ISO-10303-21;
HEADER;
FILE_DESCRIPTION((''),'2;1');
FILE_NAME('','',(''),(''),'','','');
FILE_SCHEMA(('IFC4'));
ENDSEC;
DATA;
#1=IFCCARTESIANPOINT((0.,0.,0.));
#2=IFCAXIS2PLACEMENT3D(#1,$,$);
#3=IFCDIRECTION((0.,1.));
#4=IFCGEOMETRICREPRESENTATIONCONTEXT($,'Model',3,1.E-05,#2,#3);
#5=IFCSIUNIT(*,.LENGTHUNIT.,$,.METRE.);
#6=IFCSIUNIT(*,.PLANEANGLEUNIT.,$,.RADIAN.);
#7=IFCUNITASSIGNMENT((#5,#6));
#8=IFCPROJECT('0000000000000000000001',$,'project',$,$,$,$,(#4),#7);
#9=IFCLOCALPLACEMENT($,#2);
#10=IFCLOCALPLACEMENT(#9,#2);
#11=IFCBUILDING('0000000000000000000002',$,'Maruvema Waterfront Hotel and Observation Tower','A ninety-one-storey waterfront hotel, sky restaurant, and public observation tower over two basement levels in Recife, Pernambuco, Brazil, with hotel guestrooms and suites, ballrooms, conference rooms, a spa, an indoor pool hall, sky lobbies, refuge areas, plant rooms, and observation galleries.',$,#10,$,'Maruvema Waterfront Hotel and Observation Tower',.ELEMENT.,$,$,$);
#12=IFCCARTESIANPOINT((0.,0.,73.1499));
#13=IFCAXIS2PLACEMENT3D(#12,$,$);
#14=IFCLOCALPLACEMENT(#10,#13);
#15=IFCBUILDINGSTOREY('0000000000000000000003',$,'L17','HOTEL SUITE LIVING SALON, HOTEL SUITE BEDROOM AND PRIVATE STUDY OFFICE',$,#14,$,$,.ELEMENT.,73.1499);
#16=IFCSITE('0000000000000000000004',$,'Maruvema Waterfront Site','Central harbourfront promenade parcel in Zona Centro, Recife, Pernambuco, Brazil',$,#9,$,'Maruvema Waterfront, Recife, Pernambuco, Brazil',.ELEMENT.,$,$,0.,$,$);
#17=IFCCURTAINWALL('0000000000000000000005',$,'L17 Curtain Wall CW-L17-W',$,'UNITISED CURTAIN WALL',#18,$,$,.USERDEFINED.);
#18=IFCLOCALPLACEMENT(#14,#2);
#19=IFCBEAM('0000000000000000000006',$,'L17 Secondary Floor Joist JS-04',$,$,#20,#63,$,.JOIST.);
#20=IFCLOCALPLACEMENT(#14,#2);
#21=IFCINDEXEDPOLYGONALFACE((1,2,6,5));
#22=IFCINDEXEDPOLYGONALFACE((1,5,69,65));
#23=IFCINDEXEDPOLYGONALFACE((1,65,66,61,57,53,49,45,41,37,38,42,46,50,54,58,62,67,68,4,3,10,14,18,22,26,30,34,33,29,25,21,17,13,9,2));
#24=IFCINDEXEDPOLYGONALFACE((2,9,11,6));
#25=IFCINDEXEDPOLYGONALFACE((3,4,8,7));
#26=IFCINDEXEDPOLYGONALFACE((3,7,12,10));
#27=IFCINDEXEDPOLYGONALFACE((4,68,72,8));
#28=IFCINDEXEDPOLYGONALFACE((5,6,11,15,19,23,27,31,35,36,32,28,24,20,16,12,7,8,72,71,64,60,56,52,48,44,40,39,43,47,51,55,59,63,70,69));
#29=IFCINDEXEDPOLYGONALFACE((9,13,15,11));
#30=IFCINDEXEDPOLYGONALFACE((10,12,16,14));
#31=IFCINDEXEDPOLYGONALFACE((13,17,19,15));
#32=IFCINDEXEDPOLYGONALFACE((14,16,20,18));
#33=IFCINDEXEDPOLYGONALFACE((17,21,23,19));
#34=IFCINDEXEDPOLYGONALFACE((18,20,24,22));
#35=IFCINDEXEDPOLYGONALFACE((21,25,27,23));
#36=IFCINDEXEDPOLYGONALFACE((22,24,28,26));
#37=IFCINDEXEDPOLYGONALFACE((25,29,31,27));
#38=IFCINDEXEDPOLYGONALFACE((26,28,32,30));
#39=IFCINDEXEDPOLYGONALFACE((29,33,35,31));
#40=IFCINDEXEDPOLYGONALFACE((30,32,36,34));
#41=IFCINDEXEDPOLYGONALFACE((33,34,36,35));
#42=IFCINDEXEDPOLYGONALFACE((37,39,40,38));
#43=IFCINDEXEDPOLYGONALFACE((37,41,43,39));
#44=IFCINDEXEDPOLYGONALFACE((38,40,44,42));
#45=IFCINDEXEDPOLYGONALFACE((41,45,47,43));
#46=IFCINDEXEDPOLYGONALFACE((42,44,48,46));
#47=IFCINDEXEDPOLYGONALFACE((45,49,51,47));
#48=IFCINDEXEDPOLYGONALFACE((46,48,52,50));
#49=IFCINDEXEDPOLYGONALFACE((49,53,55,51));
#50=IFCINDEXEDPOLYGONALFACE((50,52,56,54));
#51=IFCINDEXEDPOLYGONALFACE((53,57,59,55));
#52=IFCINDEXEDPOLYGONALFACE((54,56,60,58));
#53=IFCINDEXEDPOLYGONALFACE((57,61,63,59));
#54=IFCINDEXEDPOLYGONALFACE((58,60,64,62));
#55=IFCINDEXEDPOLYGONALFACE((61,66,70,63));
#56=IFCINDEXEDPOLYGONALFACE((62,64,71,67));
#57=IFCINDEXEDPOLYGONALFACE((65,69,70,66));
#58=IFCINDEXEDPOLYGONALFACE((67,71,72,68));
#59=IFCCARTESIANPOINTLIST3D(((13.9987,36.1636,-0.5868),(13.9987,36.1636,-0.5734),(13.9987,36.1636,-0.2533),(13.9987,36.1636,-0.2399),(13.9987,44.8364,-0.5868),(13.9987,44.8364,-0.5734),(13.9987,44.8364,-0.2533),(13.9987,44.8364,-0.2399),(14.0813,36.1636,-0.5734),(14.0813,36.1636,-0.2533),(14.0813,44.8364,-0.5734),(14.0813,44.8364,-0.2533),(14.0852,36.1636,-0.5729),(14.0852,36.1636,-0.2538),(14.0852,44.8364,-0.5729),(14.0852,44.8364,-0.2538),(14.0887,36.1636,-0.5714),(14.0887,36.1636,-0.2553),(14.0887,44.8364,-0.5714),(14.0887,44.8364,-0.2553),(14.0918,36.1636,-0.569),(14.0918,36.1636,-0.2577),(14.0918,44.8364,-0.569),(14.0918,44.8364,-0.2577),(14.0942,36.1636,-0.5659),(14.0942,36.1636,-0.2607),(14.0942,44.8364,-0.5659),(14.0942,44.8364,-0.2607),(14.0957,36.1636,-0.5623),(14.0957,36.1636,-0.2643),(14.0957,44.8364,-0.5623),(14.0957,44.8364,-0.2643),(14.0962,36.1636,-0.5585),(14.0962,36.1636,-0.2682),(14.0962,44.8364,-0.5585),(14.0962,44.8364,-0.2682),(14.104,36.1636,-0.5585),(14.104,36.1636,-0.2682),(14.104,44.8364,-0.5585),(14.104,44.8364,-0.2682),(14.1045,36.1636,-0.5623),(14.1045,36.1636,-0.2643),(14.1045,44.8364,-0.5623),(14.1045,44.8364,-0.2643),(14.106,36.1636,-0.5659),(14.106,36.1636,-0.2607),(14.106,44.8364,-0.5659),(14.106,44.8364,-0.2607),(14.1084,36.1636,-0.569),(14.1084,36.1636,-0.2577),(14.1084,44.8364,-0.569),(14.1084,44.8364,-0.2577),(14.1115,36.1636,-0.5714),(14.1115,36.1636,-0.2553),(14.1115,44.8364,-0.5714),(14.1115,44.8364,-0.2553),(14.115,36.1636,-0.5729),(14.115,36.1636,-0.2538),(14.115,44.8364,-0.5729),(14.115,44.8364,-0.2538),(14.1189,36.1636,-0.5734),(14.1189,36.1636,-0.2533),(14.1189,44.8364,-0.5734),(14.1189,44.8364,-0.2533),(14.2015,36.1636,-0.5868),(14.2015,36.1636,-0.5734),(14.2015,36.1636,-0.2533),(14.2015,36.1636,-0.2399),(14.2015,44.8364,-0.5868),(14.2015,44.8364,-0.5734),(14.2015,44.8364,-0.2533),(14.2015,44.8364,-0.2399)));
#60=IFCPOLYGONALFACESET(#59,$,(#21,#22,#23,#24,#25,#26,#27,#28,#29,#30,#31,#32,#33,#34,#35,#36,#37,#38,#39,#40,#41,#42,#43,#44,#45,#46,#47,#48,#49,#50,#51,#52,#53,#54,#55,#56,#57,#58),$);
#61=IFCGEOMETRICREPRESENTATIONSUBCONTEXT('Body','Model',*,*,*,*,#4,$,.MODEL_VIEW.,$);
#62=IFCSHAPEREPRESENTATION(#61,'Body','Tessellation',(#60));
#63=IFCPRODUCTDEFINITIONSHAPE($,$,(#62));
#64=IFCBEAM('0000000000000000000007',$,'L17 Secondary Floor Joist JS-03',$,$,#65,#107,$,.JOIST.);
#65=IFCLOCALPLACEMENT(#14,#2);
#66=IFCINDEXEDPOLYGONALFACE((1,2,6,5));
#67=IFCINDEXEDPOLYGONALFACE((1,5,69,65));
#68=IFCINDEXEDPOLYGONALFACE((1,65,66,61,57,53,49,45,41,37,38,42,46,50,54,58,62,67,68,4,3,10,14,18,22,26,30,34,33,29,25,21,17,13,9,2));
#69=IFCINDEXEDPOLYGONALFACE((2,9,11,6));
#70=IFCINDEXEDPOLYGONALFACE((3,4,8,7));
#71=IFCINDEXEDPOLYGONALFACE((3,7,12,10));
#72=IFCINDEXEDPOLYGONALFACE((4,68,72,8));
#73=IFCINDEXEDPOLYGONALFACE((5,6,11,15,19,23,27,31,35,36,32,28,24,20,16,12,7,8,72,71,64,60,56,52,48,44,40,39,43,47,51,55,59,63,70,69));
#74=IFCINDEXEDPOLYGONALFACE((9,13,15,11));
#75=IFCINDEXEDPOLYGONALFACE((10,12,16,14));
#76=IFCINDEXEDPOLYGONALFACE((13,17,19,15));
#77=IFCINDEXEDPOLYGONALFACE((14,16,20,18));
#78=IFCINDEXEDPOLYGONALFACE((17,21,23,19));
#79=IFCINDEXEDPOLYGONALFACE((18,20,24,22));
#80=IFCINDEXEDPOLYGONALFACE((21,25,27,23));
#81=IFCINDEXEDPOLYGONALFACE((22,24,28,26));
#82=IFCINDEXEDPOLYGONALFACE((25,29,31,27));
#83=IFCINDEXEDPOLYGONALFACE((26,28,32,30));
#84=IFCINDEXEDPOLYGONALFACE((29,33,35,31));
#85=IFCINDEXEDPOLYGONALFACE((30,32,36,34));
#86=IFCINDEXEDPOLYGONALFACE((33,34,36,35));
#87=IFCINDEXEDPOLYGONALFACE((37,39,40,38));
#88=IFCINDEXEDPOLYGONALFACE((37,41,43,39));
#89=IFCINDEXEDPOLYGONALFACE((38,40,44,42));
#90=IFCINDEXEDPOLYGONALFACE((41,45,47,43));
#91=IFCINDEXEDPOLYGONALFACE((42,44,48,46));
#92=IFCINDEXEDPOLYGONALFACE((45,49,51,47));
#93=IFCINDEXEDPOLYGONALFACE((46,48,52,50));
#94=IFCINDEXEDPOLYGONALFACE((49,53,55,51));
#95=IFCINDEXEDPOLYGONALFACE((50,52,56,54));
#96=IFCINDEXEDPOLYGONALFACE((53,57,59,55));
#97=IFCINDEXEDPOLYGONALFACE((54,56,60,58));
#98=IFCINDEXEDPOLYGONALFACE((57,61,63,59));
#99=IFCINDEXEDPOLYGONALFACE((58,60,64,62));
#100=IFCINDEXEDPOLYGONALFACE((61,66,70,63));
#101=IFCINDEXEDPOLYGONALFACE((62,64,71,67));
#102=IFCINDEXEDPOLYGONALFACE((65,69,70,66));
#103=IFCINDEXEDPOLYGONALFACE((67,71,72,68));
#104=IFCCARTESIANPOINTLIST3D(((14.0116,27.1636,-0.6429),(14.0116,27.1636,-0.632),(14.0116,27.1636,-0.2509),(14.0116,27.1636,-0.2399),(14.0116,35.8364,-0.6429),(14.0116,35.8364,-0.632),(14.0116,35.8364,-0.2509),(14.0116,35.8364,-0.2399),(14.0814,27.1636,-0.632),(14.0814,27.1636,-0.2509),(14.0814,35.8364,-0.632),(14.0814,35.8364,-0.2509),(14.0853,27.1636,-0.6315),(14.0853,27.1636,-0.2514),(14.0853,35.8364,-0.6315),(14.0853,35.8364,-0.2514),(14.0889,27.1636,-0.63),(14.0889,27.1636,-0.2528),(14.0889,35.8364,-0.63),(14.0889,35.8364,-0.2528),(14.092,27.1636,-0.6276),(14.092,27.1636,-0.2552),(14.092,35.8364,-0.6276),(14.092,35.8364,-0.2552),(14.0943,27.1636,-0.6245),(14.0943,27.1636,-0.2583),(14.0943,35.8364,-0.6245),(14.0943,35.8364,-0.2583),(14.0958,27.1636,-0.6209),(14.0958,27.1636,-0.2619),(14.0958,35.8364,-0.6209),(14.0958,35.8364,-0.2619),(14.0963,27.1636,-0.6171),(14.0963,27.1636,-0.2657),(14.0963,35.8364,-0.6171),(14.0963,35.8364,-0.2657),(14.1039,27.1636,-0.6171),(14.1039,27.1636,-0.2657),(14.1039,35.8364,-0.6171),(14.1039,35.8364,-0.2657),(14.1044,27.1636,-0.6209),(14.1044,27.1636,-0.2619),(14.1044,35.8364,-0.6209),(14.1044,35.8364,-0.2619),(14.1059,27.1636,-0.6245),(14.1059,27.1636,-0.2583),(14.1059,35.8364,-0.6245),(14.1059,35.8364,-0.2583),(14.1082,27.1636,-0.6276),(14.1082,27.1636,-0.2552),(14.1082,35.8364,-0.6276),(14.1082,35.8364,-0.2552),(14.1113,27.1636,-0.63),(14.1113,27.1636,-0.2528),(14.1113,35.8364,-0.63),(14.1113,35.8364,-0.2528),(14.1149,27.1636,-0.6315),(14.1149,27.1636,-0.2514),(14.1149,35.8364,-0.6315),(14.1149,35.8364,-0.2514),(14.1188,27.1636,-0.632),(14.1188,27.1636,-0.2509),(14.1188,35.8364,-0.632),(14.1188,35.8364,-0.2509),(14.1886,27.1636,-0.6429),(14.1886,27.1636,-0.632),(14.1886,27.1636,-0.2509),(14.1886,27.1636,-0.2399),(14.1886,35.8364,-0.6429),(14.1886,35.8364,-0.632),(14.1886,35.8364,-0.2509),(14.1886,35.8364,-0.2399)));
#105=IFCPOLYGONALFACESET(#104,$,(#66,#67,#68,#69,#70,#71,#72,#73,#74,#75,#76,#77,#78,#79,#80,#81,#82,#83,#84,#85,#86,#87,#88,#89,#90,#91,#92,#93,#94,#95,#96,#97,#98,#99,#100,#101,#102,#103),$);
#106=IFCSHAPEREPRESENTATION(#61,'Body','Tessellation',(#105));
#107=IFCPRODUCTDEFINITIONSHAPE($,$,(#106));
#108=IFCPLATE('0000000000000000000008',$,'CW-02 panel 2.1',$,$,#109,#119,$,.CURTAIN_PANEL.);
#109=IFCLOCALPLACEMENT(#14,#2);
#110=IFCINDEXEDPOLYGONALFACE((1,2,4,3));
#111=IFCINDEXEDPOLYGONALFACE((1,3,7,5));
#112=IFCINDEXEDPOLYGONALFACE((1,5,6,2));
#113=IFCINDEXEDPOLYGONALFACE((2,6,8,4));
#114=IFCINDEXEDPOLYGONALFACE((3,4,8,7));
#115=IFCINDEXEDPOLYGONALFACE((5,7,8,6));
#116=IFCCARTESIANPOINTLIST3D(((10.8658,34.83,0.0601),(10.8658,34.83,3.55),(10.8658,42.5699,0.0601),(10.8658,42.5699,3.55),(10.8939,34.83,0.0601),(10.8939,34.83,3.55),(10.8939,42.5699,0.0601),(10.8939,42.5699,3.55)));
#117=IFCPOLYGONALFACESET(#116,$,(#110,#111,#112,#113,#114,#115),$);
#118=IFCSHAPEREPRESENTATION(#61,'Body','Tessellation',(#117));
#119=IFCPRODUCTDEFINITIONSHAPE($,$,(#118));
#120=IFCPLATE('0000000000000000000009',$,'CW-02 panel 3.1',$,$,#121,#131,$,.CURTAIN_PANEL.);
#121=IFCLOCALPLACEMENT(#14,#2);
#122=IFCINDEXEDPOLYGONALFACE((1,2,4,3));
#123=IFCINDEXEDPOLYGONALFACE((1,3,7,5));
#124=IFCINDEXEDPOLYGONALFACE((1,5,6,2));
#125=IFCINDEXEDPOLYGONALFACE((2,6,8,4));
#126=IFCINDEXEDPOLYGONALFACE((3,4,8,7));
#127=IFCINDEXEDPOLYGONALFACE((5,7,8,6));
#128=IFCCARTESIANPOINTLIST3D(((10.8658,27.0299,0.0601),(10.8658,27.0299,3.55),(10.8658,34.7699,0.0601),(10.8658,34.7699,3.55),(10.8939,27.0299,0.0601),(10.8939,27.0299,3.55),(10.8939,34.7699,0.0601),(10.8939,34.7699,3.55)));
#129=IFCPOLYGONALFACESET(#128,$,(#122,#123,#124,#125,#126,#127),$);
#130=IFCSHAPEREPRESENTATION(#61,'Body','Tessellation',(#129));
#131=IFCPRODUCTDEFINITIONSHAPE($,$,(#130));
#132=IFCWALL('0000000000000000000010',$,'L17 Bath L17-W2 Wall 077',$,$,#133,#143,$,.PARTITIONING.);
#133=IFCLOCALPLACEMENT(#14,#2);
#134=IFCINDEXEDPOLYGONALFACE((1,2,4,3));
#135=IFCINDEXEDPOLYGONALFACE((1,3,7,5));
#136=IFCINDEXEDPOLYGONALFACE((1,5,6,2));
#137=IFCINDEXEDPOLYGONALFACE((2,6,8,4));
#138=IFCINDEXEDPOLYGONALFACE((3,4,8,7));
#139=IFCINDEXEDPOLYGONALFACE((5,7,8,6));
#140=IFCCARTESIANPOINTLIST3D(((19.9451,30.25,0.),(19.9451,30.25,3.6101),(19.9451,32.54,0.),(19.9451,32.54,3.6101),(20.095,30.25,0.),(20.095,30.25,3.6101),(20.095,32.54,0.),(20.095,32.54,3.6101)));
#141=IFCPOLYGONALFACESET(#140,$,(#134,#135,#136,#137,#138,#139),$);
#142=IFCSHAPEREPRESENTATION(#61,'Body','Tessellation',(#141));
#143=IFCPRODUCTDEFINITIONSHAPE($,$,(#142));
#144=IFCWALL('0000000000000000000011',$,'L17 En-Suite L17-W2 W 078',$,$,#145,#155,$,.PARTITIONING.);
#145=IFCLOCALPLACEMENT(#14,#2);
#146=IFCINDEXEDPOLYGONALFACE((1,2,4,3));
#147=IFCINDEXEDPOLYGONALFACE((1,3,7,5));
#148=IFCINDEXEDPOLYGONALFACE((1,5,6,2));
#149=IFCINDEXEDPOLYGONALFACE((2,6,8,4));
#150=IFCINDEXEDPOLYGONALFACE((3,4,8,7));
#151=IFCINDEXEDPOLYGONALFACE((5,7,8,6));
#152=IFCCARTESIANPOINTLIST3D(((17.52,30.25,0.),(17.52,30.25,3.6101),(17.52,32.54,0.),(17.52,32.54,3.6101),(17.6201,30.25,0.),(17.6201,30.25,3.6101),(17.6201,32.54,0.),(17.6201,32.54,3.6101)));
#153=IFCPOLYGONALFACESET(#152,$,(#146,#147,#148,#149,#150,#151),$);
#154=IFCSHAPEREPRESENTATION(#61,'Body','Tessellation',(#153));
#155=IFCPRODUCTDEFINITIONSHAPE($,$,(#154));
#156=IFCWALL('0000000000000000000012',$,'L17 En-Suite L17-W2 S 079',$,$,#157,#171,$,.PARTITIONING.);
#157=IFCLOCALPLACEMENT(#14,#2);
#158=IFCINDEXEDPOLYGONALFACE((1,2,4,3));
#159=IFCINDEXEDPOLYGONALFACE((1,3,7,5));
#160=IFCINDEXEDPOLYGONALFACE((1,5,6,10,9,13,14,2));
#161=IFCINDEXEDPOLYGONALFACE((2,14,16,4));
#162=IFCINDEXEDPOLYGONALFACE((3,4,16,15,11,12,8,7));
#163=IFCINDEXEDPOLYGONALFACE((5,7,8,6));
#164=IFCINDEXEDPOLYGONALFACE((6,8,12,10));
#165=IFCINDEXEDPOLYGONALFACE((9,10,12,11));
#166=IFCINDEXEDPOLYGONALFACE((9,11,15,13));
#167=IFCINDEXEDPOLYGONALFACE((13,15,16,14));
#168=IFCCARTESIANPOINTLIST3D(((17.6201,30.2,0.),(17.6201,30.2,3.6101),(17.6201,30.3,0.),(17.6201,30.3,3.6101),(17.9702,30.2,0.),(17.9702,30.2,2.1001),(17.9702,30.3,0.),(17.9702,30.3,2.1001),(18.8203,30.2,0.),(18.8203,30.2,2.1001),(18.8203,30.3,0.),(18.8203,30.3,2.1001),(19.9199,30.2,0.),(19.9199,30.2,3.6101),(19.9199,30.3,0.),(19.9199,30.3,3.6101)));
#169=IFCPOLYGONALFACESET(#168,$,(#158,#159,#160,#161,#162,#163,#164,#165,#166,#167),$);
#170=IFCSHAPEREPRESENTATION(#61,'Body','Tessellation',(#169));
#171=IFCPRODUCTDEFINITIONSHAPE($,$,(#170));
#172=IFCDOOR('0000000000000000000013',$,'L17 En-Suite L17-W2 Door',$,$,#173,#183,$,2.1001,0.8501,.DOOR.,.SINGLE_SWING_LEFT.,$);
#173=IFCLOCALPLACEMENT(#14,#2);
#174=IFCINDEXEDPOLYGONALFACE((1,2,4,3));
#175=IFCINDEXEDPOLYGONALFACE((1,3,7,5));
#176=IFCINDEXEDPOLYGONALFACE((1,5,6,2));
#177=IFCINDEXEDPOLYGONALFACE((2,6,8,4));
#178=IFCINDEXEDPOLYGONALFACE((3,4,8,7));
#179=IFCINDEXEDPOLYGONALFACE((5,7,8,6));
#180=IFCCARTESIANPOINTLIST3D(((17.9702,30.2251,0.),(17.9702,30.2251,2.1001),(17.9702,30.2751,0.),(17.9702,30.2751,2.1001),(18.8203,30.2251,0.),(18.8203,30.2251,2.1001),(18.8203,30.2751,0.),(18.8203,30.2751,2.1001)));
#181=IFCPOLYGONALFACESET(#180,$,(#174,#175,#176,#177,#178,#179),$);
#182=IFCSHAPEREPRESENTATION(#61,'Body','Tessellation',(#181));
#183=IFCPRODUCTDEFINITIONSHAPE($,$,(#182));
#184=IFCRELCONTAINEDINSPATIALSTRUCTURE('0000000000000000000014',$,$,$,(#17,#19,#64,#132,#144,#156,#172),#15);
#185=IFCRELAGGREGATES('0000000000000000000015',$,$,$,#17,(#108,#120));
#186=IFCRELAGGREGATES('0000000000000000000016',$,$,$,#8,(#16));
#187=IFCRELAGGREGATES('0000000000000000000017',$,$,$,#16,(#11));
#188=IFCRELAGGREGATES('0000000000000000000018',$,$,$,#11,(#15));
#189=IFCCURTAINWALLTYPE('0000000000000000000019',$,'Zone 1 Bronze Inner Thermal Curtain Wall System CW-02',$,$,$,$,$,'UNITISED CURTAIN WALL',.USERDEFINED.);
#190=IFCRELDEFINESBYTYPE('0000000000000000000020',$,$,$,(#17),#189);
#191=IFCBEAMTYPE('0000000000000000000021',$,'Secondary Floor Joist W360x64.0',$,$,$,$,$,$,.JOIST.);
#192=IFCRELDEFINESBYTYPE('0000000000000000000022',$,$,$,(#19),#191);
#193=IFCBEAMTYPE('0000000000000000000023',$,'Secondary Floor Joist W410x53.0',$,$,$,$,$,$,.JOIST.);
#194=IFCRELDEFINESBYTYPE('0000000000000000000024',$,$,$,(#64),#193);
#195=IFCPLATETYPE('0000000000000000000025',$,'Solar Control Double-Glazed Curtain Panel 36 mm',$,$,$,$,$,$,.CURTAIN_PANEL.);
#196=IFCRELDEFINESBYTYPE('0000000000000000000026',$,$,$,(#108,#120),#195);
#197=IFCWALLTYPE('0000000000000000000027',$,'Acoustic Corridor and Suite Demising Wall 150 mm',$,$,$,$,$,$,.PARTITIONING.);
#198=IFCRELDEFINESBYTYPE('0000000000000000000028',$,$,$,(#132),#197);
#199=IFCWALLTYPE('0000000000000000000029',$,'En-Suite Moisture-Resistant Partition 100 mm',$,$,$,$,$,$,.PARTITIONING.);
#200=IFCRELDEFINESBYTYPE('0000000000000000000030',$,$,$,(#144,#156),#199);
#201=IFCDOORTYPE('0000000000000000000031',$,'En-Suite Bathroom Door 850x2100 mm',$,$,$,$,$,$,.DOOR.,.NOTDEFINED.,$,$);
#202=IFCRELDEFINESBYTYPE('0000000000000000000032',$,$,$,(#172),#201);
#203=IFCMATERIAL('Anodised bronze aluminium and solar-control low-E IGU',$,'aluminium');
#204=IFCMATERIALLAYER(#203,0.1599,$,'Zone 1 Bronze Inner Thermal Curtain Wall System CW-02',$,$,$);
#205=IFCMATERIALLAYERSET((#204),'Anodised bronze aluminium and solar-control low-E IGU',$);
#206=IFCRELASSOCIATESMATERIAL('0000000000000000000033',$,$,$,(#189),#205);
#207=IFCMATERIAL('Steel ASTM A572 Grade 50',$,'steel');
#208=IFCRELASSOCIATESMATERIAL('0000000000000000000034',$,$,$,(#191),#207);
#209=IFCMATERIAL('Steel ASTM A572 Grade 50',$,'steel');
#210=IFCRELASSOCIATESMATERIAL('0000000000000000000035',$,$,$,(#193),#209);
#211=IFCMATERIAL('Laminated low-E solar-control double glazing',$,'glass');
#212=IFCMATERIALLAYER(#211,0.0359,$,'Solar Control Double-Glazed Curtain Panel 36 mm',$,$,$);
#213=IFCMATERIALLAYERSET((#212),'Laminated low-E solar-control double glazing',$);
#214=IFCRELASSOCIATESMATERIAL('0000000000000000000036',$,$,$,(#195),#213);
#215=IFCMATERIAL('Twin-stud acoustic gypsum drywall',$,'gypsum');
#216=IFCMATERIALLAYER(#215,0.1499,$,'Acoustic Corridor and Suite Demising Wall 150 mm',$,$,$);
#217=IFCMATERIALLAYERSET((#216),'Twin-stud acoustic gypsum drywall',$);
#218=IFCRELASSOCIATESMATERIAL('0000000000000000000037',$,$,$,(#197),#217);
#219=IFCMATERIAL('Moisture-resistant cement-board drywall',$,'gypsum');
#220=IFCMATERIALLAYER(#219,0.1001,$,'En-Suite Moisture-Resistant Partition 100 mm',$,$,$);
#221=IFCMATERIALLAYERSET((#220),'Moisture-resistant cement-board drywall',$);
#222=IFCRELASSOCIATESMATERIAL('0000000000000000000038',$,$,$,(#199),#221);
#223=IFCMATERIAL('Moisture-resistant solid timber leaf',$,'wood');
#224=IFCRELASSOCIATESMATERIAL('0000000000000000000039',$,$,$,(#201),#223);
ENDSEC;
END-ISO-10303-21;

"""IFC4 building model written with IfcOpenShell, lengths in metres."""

from ifc_helpers import new_model, si_unit, direction, frame, frame_2d, origin, origin_2d, place, context, subcontext, project, spatial, rectangle, i_section, extrude, material, layer, layer_set, material_profile, profile_set, type_object, element, fill, aggregate, save


model = new_model("IFC4")

# Units and contexts
model_context = context("Model", 3, precision=1e-05, world=origin(), true_north=direction((0.0, 1.0)))
body_context = subcontext(model_context, "Body", "Model", "MODEL_VIEW")
ifc_project = project(units=[si_unit("LENGTHUNIT", "METRE"), si_unit("PLANEANGLEUNIT", "RADIAN")], contexts=[model_context])

# Site, building, storey
site_placement = place(None, origin())
site = spatial("IfcSite", under=ifc_project, at=site_placement, Name="Maruvema Waterfront Site", Description="Central harbourfront promenade parcel in Zona Centro, Recife, Pernambuco, Brazil", LongName="Maruvema Waterfront, Recife, Pernambuco, Brazil", CompositionType="ELEMENT", RefElevation=0.0)
building_placement = place(site_placement, origin())
building = spatial("IfcBuilding", under=site, at=building_placement, Name="Maruvema Waterfront Hotel and Observation Tower", Description="A ninety-one-storey waterfront hotel, sky restaurant, and public observation tower over two basement levels in Recife, Pernambuco, Brazil, with hotel guestrooms and suites, ballrooms, conference rooms, a spa, an indoor pool hall, sky lobbies, refuge areas, plant rooms, and observation galleries.", LongName="Maruvema Waterfront Hotel and Observation Tower", CompositionType="ELEMENT")
storey_placement = place(building_placement, frame((0.0, 0.0, 73.1499)))
storey = spatial("IfcBuildingStorey", under=building, at=storey_placement, Name="L17", Description="HOTEL SUITE LIVING SALON, HOTEL SUITE BEDROOM AND PRIVATE STUDY OFFICE", CompositionType="ELEMENT", Elevation=73.1499)

# Curtain wall
ifc_material_1 = material(Name="Anodised bronze aluminium and solar-control low-E IGU", Category="aluminium")
ifc_layer_1 = layer(ifc_material_1, 0.1599, Name="Zone 1 Bronze Inner Thermal Curtain Wall System CW-02")
ifc_layer_set_1 = layer_set([ifc_layer_1], Name="Anodised bronze aluminium and solar-control low-E IGU")
curtain_wall_type = type_object("IfcCurtainWallType", Name="Zone 1 Bronze Inner Thermal Curtain Wall System CW-02", ElementType="UNITISED CURTAIN WALL", PredefinedType="USERDEFINED", material=ifc_layer_set_1)
curtain_wall_placement = place(storey_placement, origin())
curtain_wall = element("IfcCurtainWall", 1, at=curtain_wall_placement, inside=storey, type_object=curtain_wall_type, Name="L17 Curtain Wall CW-L17-W", ObjectType="UNITISED CURTAIN WALL", PredefinedType="USERDEFINED")

# Beams
ifc_material_2 = material(Name="Steel ASTM A572 Grade 50", Category="steel")
ifc_material_profile_1 = material_profile(ifc_material_2, i_section(OverallWidth=0.2029, OverallDepth=0.3469, WebThickness=0.0078, FlangeThickness=0.0134, FilletRadius=0.0149, at=origin_2d()), Name="W360x64.0")
ifc_profile_set_1 = profile_set([ifc_material_profile_1], Name="Steel ASTM A572 Grade 50")
beam_type_1 = type_object("IfcBeamType", Name="Secondary Floor Joist W360x64.0", PredefinedType="JOIST", material=ifc_profile_set_1)
beam_1_placement = place(storey_placement, frame((14.1001, 36.1636, -0.4133), z_axis=(0.0, 1.0, 0.0), x_axis=(-1.0, 0.0, 0.0)))
element("IfcBeam", 2, at=beam_1_placement, inside=storey, type_object=beam_type_1, Name="L17 Secondary Floor Joist JS-04", PredefinedType="JOIST", context=body_context, shape_type="SweptSolid", body=[
    extrude(i_section(OverallWidth=0.2029, OverallDepth=0.3469, WebThickness=0.0078, FlangeThickness=0.0134, FilletRadius=0.0149, at=origin_2d()), origin(), (0.0, 0.0, 1.0), 8.6729),
])
ifc_material_3 = material(Name="Steel ASTM A572 Grade 50", Category="steel")
ifc_material_profile_2 = material_profile(ifc_material_3, i_section(OverallWidth=0.177, OverallDepth=0.4031, WebThickness=0.0076, FlangeThickness=0.011, FilletRadius=0.0149, at=origin_2d()), Name="W410x53.0")
ifc_profile_set_2 = profile_set([ifc_material_profile_2], Name="Steel ASTM A572 Grade 50")
beam_type_2 = type_object("IfcBeamType", Name="Secondary Floor Joist W410x53.0", PredefinedType="JOIST", material=ifc_profile_set_2)
beam_2_placement = place(storey_placement, frame((14.1001, 27.1636, -0.4414), z_axis=(0.0, 1.0, 0.0), x_axis=(-1.0, 0.0, 0.0)))
element("IfcBeam", 3, at=beam_2_placement, inside=storey, type_object=beam_type_2, Name="L17 Secondary Floor Joist JS-03", PredefinedType="JOIST", context=body_context, shape_type="SweptSolid", body=[
    extrude(i_section(OverallWidth=0.177, OverallDepth=0.4031, WebThickness=0.0076, FlangeThickness=0.011, FilletRadius=0.0149, at=origin_2d()), origin(), (0.0, 0.0, 1.0), 8.6729),
])

# Plates
ifc_material_4 = material(Name="Laminated low-E solar-control double glazing", Category="glass")
ifc_layer_2 = layer(ifc_material_4, 0.0359, Name="Solar Control Double-Glazed Curtain Panel 36 mm")
ifc_layer_set_2 = layer_set([ifc_layer_2], Name="Laminated low-E solar-control double glazing")
plate_type = type_object("IfcPlateType", Name="Solar Control Double-Glazed Curtain Panel 36 mm", PredefinedType="CURTAIN_PANEL", material=ifc_layer_set_2)
plate_1_placement = place(storey_placement, frame((10.8799, 38.7, 0.0601), z_axis=(0.0, 0.0, 1.0), x_axis=(0.0, -1.0, 0.0)))
plate_1 = element("IfcPlate", 4, at=plate_1_placement, type_object=plate_type, Name="CW-02 panel 2.1", PredefinedType="CURTAIN_PANEL", context=body_context, shape_type="SweptSolid", body=[
    extrude(rectangle(XDim=7.74, YDim=0.0281, at=origin_2d()), origin(), (0.0, 0.0, 1.0), 3.49),
])
plate_2_placement = place(storey_placement, frame((10.8799, 30.8999, 0.0601), z_axis=(0.0, 0.0, 1.0), x_axis=(0.0, -1.0, 0.0)))
plate_2 = element("IfcPlate", 5, at=plate_2_placement, type_object=plate_type, Name="CW-02 panel 3.1", PredefinedType="CURTAIN_PANEL", context=body_context, shape_type="SweptSolid", body=[
    extrude(rectangle(XDim=7.74, YDim=0.0281, at=origin_2d()), origin(), (0.0, 0.0, 1.0), 3.49),
])
aggregate(curtain_wall, [plate_1, plate_2])

# Walls
ifc_material_5 = material(Name="Twin-stud acoustic gypsum drywall", Category="gypsum")
ifc_layer_3 = layer(ifc_material_5, 0.1499, Name="Acoustic Corridor and Suite Demising Wall 150 mm")
ifc_layer_set_3 = layer_set([ifc_layer_3], Name="Twin-stud acoustic gypsum drywall")
wall_type_1 = type_object("IfcWallType", Name="Acoustic Corridor and Suite Demising Wall 150 mm", PredefinedType="PARTITIONING", material=ifc_layer_set_3)
wall_1_placement = place(storey_placement, frame((20.02, 30.25, 0.0), z_axis=(0.0, 0.0, 1.0), x_axis=(0.0, 1.0, 0.0)))
element("IfcWall", 6, at=wall_1_placement, inside=storey, type_object=wall_type_1, Name="L17 Bath L17-W2 Wall 077", PredefinedType="PARTITIONING", context=body_context, shape_type="SweptSolid", body=[
    extrude(rectangle(XDim=2.29, YDim=0.1499, at=frame_2d((1.145, 0.0))), origin(), (0.0, 0.0, 1.0), 3.6101),
])
ifc_material_6 = material(Name="Moisture-resistant cement-board drywall", Category="gypsum")
ifc_layer_4 = layer(ifc_material_6, 0.1001, Name="En-Suite Moisture-Resistant Partition 100 mm")
ifc_layer_set_4 = layer_set([ifc_layer_4], Name="Moisture-resistant cement-board drywall")
wall_type_2 = type_object("IfcWallType", Name="En-Suite Moisture-Resistant Partition 100 mm", PredefinedType="PARTITIONING", material=ifc_layer_set_4)
wall_2_placement = place(storey_placement, frame((17.5701, 30.25, 0.0), z_axis=(0.0, 0.0, 1.0), x_axis=(0.0, 1.0, 0.0)))
element("IfcWall", 7, at=wall_2_placement, inside=storey, type_object=wall_type_2, Name="L17 En-Suite L17-W2 W 078", PredefinedType="PARTITIONING", context=body_context, shape_type="SweptSolid", body=[
    extrude(rectangle(XDim=2.29, YDim=0.1001, at=frame_2d((1.145, 0.0))), origin(), (0.0, 0.0, 1.0), 3.6101),
])

# Wall, opening, door
wall_3_placement = place(storey_placement, frame((17.6201, 30.25, 0.0), z_axis=(0.0, 0.0, 1.0), x_axis=(1.0, 0.0, 0.0)))
wall_3 = element("IfcWall", 8, at=wall_3_placement, inside=storey, type_object=wall_type_2, Name="L17 En-Suite L17-W2 S 079", PredefinedType="PARTITIONING", context=body_context, shape_type="SweptSolid", body=[
    extrude(rectangle(XDim=2.2998, YDim=0.1001, at=frame_2d((1.1499, 0.0))), origin(), (0.0, 0.0, 1.0), 3.6101),
])
opening_1_placement = place(wall_3_placement, frame((0.3501, 0.0, 0.0)))
opening_1 = element("IfcOpeningElement", 9, at=opening_1_placement, cuts=wall_3, PredefinedType="OPENING", context=body_context, shape_type="SweptSolid", body=[
    extrude(rectangle(XDim=0.8501, YDim=2.1001, at=frame_2d((0.425, 1.05))), frame((0.0, 0.0601, 0.0), z_axis=(0.0, -1.0, 0.0), x_axis=(1.0, 0.0, 0.0)), (0.0, 0.0, 1.0), 0.1201),
])
ifc_material_7 = material(Name="Moisture-resistant solid timber leaf", Category="wood")
door_type_1 = type_object("IfcDoorType", Name="En-Suite Bathroom Door 850x2100 mm", OperationType="NOTDEFINED", PredefinedType="DOOR", material=ifc_material_7)
door_1_placement = place(opening_1_placement, frame((0.8501, 0.0, 0.0), z_axis=(0.0, 0.0, 1.0), x_axis=(-1.0, 0.0, 0.0)))
door_1 = element("IfcDoor", 10, at=door_1_placement, inside=storey, type_object=door_type_1, Name="L17 En-Suite L17-W2 Door", OperationType="SINGLE_SWING_LEFT", OverallHeight=2.1001, OverallWidth=0.8501, PredefinedType="DOOR", context=body_context, shape_type="SweptSolid", body=[
    extrude(rectangle(XDim=0.8501, YDim=2.1001, at=frame_2d((0.425, 1.05))), frame((0.0, 0.0249, 0.0), z_axis=(0.0, -1.0, 0.0), x_axis=(1.0, 0.0, 0.0)), (0.0, 0.0, 1.0), 0.05),
])
fill(opening_1, door_1)

save(model, "model.ifc")
